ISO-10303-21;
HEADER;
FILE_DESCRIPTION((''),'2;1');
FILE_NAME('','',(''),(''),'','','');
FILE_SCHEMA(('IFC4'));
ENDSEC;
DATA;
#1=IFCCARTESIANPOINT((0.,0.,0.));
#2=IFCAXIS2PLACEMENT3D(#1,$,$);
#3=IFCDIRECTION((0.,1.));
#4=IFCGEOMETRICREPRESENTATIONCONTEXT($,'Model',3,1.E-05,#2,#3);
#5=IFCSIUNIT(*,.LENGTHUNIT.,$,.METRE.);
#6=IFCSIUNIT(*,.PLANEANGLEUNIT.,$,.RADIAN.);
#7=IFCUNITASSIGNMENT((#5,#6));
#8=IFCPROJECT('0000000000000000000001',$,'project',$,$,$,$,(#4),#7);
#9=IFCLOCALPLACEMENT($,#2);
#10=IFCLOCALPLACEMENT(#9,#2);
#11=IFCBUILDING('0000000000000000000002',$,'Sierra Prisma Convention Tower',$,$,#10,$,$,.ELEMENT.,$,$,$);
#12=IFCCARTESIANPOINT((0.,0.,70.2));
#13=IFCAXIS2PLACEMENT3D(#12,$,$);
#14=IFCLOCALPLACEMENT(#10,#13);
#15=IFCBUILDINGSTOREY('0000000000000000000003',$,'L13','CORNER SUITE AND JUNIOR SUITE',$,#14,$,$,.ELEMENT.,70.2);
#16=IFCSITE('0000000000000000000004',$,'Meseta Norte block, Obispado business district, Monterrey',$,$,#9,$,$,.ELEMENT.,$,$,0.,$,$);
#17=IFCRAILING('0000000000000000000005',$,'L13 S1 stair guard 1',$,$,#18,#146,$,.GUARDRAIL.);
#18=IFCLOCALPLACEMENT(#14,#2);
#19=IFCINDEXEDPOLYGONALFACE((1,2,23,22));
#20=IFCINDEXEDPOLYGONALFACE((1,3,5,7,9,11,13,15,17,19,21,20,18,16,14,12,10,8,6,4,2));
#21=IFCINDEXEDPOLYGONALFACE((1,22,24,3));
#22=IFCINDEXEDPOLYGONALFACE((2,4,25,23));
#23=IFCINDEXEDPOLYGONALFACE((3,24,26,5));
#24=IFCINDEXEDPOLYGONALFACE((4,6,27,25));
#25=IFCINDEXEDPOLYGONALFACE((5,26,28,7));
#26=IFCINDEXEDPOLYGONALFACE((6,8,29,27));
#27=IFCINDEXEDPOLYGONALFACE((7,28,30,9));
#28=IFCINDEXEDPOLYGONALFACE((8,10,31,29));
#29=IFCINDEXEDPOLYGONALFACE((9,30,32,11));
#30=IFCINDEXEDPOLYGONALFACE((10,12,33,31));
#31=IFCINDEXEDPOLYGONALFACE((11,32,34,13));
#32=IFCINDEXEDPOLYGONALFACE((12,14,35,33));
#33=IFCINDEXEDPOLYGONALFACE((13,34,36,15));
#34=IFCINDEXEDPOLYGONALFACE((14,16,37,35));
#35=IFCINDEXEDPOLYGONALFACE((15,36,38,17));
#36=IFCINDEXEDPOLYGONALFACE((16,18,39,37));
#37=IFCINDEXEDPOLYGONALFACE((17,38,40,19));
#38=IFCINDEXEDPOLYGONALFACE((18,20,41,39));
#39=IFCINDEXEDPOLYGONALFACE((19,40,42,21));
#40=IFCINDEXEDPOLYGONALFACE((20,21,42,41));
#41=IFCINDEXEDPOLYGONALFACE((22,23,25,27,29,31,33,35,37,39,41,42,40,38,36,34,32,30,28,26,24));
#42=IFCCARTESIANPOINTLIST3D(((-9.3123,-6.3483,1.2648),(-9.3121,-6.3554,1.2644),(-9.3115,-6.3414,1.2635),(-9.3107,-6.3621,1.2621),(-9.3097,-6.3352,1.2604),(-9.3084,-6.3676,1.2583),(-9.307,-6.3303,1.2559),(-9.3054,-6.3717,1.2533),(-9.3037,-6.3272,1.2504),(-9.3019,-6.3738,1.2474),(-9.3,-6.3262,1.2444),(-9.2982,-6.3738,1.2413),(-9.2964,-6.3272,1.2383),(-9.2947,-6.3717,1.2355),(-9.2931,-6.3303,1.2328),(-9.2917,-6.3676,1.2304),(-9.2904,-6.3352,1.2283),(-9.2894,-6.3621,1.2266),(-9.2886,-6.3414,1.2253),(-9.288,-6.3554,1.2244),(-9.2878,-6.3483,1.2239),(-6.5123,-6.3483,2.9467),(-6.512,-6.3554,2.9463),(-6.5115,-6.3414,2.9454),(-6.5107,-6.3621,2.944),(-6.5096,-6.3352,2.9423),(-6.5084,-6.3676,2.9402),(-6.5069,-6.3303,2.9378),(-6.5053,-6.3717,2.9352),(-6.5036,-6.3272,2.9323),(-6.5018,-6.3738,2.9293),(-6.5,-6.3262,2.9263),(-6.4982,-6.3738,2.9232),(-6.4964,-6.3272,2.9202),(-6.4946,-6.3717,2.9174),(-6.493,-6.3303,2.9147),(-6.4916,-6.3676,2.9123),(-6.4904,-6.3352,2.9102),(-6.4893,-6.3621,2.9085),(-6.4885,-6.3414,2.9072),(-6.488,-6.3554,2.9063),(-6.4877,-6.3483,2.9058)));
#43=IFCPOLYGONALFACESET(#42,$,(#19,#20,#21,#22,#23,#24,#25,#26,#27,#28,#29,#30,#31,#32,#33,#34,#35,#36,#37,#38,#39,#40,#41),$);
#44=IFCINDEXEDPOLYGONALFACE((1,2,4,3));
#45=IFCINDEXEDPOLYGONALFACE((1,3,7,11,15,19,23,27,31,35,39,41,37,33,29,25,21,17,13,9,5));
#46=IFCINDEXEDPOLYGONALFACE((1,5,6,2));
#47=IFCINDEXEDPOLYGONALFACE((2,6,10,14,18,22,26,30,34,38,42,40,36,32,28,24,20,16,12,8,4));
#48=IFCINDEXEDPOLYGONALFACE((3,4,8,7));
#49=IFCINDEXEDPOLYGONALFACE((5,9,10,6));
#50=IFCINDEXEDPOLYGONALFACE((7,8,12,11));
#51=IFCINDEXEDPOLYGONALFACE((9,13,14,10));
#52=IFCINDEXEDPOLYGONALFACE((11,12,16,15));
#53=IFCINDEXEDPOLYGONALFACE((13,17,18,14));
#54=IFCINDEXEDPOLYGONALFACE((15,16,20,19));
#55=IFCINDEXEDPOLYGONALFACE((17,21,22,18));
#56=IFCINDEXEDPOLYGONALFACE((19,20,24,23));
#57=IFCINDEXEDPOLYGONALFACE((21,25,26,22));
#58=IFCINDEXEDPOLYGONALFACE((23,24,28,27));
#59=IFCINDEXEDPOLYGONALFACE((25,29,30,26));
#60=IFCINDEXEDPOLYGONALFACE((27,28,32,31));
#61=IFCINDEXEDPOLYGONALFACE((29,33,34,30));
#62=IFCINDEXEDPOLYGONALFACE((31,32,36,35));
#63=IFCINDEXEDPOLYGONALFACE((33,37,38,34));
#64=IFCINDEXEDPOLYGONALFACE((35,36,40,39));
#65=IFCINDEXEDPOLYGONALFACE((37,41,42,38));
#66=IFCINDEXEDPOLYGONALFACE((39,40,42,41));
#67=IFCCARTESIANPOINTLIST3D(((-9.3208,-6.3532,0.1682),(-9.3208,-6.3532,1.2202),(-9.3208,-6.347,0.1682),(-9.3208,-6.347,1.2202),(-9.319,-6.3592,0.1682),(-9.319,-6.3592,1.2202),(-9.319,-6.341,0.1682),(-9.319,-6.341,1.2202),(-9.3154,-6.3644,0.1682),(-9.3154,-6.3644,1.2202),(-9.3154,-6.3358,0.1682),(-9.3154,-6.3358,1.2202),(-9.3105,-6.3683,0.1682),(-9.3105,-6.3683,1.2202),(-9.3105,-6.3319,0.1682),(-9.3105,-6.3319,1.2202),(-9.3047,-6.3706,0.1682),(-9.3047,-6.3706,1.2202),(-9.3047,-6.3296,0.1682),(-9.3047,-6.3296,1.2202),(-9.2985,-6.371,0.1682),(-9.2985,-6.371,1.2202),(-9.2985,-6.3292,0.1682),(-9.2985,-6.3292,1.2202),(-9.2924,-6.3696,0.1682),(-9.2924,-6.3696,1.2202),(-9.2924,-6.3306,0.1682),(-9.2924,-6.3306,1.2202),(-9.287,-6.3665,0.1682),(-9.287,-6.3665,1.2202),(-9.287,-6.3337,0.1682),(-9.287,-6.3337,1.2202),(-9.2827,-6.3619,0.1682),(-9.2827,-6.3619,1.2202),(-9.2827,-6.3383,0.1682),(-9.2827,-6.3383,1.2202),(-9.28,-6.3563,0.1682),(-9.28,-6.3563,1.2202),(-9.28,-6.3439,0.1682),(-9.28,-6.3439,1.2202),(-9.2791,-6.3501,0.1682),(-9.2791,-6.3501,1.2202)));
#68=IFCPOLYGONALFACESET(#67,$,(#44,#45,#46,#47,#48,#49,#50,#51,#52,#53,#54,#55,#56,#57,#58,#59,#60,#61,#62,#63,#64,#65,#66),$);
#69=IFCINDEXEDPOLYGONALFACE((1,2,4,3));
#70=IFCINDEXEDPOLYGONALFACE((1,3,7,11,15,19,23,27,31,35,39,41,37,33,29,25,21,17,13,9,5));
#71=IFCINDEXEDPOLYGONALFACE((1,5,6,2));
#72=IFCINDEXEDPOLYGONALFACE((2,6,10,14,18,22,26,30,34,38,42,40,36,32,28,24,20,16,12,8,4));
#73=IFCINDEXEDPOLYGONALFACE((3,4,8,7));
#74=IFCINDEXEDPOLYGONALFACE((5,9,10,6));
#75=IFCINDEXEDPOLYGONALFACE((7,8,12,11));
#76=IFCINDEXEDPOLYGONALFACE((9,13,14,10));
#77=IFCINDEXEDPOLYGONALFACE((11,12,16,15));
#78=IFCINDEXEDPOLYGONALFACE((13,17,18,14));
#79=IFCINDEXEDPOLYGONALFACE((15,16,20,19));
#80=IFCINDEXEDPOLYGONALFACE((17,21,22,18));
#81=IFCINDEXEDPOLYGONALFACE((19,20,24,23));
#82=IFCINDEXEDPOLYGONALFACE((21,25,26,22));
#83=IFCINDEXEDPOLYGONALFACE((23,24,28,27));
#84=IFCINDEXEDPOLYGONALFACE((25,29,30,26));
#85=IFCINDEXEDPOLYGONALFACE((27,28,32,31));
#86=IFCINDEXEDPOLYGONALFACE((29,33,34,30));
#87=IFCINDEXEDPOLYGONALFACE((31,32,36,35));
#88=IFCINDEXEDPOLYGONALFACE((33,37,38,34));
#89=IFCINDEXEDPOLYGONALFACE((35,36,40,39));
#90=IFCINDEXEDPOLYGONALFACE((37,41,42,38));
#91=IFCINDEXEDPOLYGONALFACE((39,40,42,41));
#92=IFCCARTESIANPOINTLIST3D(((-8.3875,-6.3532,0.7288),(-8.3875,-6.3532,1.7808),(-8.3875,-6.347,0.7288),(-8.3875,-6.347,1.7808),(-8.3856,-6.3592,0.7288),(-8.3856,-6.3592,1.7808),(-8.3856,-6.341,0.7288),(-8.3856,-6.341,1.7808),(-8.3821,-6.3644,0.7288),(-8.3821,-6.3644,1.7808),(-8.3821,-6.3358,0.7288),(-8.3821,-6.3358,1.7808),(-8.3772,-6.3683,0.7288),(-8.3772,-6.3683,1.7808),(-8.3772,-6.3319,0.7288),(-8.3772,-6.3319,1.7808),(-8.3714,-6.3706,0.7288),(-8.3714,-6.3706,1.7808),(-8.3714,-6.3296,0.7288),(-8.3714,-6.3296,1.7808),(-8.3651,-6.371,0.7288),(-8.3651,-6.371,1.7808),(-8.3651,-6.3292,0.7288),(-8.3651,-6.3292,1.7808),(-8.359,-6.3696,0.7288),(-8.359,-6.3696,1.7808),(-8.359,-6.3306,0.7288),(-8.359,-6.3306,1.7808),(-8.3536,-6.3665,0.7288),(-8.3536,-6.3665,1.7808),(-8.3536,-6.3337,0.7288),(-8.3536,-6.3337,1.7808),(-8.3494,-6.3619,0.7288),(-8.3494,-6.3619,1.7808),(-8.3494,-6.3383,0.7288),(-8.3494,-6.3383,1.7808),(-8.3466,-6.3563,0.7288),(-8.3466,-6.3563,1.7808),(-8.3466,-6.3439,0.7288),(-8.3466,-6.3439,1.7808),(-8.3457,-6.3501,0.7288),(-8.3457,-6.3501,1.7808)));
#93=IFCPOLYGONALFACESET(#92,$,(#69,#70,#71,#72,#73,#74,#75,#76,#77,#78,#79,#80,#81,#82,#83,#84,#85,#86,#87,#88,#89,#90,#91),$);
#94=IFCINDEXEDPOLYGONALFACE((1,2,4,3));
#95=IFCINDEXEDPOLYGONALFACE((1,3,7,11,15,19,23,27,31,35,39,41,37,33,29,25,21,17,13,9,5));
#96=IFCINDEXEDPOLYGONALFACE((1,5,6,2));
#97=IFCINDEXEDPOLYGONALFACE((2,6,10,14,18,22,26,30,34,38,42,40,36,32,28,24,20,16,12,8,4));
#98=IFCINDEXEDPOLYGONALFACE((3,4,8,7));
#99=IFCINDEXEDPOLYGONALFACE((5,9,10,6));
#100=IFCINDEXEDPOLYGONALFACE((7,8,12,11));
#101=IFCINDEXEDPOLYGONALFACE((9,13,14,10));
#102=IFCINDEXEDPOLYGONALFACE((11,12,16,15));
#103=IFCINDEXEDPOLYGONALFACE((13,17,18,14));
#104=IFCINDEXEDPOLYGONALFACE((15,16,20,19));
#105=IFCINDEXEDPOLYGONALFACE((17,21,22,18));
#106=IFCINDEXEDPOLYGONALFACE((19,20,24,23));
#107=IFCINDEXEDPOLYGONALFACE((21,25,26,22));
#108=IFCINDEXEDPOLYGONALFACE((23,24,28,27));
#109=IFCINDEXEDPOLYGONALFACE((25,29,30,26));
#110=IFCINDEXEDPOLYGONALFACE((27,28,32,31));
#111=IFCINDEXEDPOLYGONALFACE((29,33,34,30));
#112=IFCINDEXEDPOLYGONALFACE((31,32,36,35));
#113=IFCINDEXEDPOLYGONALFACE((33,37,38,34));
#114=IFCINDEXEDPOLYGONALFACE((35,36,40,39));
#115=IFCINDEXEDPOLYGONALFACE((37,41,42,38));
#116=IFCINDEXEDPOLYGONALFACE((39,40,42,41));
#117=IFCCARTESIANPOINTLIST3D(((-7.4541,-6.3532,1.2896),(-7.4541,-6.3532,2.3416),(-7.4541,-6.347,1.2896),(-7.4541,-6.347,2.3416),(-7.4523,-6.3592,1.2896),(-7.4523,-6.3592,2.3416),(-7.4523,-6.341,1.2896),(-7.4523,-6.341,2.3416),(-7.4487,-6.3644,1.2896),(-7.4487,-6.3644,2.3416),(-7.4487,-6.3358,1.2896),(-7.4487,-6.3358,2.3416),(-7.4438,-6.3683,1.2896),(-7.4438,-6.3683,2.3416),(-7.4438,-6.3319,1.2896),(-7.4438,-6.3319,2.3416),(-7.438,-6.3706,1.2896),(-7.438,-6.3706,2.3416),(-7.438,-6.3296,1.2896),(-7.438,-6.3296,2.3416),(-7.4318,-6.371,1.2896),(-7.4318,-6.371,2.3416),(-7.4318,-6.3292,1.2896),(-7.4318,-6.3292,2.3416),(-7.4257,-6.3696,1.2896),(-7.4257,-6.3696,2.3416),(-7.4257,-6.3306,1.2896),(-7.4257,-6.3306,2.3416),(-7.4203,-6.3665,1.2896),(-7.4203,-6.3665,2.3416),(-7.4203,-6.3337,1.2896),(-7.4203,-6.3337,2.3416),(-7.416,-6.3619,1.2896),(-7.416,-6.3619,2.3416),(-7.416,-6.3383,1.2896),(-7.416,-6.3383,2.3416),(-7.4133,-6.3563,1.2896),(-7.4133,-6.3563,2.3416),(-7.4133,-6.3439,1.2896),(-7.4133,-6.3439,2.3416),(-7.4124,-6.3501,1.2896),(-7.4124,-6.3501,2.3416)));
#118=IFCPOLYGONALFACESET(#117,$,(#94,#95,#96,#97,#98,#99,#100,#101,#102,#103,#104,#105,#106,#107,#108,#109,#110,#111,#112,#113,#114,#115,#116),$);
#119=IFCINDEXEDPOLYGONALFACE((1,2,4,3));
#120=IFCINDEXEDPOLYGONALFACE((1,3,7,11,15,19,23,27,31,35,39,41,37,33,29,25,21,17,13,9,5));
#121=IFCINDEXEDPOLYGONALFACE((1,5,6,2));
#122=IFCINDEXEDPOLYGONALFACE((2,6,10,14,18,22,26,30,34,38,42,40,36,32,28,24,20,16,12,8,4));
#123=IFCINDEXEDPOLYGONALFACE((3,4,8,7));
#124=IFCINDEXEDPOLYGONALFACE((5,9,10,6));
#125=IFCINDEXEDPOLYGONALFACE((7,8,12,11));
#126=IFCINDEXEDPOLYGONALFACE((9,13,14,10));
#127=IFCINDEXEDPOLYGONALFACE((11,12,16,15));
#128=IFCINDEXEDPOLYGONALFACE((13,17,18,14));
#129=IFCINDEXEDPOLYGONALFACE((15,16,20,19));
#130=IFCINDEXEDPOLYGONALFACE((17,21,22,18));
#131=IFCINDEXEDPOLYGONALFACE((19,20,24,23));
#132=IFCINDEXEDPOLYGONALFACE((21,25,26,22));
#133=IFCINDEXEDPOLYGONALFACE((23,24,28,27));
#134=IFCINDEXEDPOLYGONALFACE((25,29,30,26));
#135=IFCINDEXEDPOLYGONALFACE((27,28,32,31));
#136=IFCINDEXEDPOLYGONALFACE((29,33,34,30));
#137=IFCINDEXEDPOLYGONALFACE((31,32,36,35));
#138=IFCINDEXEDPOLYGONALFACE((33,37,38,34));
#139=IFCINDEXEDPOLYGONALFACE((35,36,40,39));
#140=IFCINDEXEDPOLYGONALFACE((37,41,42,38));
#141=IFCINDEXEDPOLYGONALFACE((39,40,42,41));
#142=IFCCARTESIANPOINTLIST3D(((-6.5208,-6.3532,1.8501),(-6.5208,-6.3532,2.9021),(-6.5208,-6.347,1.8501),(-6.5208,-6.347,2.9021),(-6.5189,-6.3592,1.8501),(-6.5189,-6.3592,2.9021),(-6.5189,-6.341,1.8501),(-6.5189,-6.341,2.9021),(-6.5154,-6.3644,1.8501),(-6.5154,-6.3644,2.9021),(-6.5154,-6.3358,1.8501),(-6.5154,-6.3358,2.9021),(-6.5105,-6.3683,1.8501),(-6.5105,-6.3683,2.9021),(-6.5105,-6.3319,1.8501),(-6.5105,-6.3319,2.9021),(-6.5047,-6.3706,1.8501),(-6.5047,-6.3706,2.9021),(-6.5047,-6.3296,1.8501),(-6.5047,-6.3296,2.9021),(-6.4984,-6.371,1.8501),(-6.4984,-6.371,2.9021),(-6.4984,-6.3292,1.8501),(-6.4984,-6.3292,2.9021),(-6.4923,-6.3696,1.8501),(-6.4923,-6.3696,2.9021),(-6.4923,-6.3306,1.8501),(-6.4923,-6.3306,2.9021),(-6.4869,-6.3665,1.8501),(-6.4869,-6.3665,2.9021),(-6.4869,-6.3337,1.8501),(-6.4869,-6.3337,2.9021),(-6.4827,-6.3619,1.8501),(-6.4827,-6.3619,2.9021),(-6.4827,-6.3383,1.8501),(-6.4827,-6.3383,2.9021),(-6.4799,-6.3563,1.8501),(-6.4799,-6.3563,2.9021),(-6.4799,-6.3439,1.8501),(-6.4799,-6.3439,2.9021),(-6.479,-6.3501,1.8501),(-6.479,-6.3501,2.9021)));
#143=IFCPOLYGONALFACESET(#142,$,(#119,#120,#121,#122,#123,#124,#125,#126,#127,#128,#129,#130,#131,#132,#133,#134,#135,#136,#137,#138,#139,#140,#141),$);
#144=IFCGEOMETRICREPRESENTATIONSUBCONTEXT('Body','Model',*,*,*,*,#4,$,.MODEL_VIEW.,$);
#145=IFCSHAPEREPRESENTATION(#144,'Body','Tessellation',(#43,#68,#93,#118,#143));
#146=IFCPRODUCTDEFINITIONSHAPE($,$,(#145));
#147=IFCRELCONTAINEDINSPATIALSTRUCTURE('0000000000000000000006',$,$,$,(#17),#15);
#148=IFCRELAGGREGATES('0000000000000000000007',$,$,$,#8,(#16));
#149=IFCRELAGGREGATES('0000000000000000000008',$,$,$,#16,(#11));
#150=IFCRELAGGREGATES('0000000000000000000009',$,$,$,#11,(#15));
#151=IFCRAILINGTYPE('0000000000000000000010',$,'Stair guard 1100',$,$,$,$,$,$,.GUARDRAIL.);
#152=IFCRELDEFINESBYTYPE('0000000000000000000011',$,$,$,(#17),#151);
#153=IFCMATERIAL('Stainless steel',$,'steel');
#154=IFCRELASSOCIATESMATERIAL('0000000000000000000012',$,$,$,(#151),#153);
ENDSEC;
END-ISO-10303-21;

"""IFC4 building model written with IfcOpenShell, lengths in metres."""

from ifc_helpers import new_model, si_unit, direction, frame, origin, origin_2d, place, context, subcontext, project, spatial, circle, extrude, material, type_object, element, save


model = new_model("IFC4")

# Units and contexts
model_context = context("Model", 3, precision=1e-05, world=origin(), true_north=direction((0.0, 1.0)))
body_context = subcontext(model_context, "Body", "Model", "MODEL_VIEW")
ifc_project = project(units=[si_unit("LENGTHUNIT", "METRE"), si_unit("PLANEANGLEUNIT", "RADIAN")], contexts=[model_context])

# Site, building, storey
site_placement = place(None, origin())
site = spatial("IfcSite", under=ifc_project, at=site_placement, Name="Meseta Norte block, Obispado business district, Monterrey", CompositionType="ELEMENT", RefElevation=0.0)
building_placement = place(site_placement, origin())
building = spatial("IfcBuilding", under=site, at=building_placement, Name="Sierra Prisma Convention Tower", CompositionType="ELEMENT")
storey_placement = place(building_placement, frame((0.0, 0.0, 70.2)))
storey = spatial("IfcBuildingStorey", under=building, at=storey_placement, Name="L13", Description="CORNER SUITE AND JUNIOR SUITE", CompositionType="ELEMENT", Elevation=70.2)

# Railing
ifc_material_1 = material(Name="Stainless steel", Category="steel")
railing_type_1 = type_object("IfcRailingType", Name="Stair guard 1100", PredefinedType="GUARDRAIL", material=ifc_material_1)
railing_1_placement = place(storey_placement, frame((-9.3, -6.3501, 0.1682)))
element("IfcRailing", 1, at=railing_1_placement, inside=storey, type_object=railing_type_1, Name="L13 S1 stair guard 1", PredefinedType="GUARDRAIL", context=body_context, shape_type="SweptSolid", body=[
    extrude(circle(Radius=0.0239, at=origin_2d()), frame((0.0, 0.0, 1.0762), z_axis=(0.857242, 0.0, 0.514913), x_axis=(0.0, 1.0, 0.0)), (0.0, 0.0, 1.0), 3.2664),
    extrude(circle(Radius=0.021, at=origin_2d()), origin(), (0.0, 0.0, 1.0), 1.052),
    extrude(circle(Radius=0.021, at=origin_2d()), frame((0.9333, 0.0, 0.5605)), (0.0, 0.0, 1.0), 1.052),
    extrude(circle(Radius=0.021, at=origin_2d()), frame((1.8667, 0.0, 1.1213)), (0.0, 0.0, 1.0), 1.052),
    extrude(circle(Radius=0.021, at=origin_2d()), frame((2.8, 0.0, 1.6819)), (0.0, 0.0, 1.0), 1.052),
])

save(model, "model.ifc")
